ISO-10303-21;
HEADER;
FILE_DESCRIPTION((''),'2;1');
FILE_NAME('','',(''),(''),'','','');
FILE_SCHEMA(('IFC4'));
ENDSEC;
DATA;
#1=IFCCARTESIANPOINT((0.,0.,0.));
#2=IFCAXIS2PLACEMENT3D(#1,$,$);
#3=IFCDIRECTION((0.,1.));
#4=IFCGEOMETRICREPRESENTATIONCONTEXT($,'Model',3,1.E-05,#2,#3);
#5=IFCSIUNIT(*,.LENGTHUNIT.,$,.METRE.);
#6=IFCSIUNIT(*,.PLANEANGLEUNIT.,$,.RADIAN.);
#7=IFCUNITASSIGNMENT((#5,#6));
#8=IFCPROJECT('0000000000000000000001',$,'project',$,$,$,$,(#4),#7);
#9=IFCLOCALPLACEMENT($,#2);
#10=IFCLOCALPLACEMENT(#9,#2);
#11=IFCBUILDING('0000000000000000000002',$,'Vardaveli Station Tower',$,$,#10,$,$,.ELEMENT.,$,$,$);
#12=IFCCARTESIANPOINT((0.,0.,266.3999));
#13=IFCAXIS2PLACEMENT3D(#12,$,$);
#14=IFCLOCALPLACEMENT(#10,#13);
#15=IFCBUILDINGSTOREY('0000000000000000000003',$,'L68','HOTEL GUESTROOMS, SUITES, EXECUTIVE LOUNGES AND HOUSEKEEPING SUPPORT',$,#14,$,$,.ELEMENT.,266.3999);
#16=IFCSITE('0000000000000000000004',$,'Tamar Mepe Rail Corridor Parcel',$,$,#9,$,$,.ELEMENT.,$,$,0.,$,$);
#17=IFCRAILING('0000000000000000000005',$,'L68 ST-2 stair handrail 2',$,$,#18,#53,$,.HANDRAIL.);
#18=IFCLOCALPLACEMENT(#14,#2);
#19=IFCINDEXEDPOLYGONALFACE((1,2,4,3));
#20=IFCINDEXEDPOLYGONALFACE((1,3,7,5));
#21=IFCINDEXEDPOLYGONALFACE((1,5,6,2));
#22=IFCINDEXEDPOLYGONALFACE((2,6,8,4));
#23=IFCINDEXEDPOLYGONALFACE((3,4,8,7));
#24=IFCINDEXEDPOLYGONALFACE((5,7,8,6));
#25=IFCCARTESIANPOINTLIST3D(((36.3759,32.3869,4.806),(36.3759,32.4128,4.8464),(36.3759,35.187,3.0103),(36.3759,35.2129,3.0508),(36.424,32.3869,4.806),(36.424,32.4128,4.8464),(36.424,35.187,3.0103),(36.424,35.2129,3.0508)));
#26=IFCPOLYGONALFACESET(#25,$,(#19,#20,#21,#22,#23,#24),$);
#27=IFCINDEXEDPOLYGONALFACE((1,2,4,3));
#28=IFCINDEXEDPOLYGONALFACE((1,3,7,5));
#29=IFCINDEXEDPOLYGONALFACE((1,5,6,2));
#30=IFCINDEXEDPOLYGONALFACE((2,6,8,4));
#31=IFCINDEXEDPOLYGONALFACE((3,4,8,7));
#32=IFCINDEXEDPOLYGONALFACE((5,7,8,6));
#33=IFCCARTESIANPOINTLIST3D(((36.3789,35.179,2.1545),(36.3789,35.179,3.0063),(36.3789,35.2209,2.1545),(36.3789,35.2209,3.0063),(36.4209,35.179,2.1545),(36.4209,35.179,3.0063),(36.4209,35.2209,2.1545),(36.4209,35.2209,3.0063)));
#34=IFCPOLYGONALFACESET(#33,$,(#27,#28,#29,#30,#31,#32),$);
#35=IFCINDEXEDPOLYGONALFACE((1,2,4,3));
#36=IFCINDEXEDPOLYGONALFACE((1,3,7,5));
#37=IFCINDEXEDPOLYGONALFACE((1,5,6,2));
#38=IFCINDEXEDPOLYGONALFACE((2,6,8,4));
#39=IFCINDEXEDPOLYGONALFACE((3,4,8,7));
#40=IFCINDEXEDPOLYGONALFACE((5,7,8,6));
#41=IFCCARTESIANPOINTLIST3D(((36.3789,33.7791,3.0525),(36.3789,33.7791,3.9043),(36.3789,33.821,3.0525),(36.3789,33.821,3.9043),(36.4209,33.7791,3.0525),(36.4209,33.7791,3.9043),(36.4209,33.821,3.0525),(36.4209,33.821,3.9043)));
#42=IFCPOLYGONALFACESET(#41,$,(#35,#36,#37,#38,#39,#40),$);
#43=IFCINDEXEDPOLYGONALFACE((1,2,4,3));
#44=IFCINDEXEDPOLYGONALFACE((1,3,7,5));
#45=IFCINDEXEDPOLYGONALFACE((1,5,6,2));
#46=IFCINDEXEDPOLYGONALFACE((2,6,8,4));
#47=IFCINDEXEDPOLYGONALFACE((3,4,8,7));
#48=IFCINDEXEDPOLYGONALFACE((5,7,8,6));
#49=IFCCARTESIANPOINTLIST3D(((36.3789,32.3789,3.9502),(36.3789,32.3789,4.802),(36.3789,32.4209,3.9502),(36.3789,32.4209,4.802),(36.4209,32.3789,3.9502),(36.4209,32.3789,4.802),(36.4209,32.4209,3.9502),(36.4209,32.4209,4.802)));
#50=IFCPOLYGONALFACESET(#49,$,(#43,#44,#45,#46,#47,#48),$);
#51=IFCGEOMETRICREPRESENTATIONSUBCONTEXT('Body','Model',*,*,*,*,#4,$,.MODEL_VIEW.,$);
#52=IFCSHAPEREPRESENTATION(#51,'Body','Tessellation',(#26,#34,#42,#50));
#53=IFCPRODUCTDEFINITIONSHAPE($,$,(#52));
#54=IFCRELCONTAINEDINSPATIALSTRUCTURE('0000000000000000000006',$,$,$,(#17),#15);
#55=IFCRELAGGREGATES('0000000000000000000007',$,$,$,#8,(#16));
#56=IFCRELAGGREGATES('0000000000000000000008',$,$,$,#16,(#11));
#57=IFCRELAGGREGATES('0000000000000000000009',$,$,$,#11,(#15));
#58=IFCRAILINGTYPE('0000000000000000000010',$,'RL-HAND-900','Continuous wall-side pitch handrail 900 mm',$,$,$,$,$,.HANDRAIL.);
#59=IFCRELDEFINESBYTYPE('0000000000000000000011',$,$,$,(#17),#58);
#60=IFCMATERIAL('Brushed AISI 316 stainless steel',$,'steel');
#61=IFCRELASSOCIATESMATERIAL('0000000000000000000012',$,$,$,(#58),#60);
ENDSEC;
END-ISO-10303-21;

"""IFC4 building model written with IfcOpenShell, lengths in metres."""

from ifc_helpers import new_model, si_unit, direction, frame, origin, origin_2d, place, context, subcontext, project, spatial, rectangle, extrude, source, transform, mapped, material, type_object, element, save


model = new_model("IFC4")

# Units and contexts
model_context = context("Model", 3, precision=1e-05, world=origin(), true_north=direction((0.0, 1.0)))
body_context = subcontext(model_context, "Body", "Model", "MODEL_VIEW")
ifc_project = project(units=[si_unit("LENGTHUNIT", "METRE"), si_unit("PLANEANGLEUNIT", "RADIAN")], contexts=[model_context])

# Site, building, storey
site_placement = place(None, origin())
site = spatial("IfcSite", under=ifc_project, at=site_placement, Name="Tamar Mepe Rail Corridor Parcel", CompositionType="ELEMENT", RefElevation=0.0)
building_placement = place(site_placement, origin())
building = spatial("IfcBuilding", under=site, at=building_placement, Name="Vardaveli Station Tower", CompositionType="ELEMENT")
storey_placement = place(building_placement, frame((0.0, 0.0, 266.3999)))
storey = spatial("IfcBuildingStorey", under=building, at=storey_placement, Name="L68", Description="HOTEL GUESTROOMS, SUITES, EXECUTIVE LOUNGES AND HOUSEKEEPING SUPPORT", CompositionType="ELEMENT", Elevation=266.3999)

# Railing
ifc_material_1 = material(Name="Brushed AISI 316 stainless steel", Category="steel")
railing_type_1 = type_object("IfcRailingType", Name="RL-HAND-900", Description="Continuous wall-side pitch handrail 900 mm", PredefinedType="HANDRAIL", material=ifc_material_1)
shared_shape_1 = source(origin(), body_context, "Body", "SweptSolid", [
    extrude(rectangle(XDim=0.0481, YDim=0.0481, at=origin_2d()), frame((0.0, 0.0, 0.876), z_axis=(0.0, -0.841777, 0.539826), x_axis=(1.0, 0.0, 0.0)), (0.0, 0.0, 1.0), 3.3264),
    extrude(rectangle(XDim=0.042, YDim=0.042, at=origin_2d()), origin(), (0.0, 0.0, 1.0), 0.8518),
    extrude(rectangle(XDim=0.042, YDim=0.042, at=origin_2d()), frame((0.0, -1.3999, 0.8979)), (0.0, 0.0, 1.0), 0.8518),
    extrude(rectangle(XDim=0.042, YDim=0.042, at=origin_2d()), frame((0.0, -2.8, 1.7957)), (0.0, 0.0, 1.0), 0.8518),
])
for number, where, name in (
    (1, (36.3999, 35.2, 2.1545), "L68 ST-2 stair handrail 2"),
):
    element("IfcRailing", number, at=place(storey_placement, frame(where)), inside=storey, type_object=railing_type_1, Name=name, PredefinedType="HANDRAIL", context=body_context, shape_type="MappedRepresentation", body=[
        mapped(shared_shape_1, transform((0.0, 0.0, 0.0), scale=1.0)),
    ])

save(model, "model.ifc")
